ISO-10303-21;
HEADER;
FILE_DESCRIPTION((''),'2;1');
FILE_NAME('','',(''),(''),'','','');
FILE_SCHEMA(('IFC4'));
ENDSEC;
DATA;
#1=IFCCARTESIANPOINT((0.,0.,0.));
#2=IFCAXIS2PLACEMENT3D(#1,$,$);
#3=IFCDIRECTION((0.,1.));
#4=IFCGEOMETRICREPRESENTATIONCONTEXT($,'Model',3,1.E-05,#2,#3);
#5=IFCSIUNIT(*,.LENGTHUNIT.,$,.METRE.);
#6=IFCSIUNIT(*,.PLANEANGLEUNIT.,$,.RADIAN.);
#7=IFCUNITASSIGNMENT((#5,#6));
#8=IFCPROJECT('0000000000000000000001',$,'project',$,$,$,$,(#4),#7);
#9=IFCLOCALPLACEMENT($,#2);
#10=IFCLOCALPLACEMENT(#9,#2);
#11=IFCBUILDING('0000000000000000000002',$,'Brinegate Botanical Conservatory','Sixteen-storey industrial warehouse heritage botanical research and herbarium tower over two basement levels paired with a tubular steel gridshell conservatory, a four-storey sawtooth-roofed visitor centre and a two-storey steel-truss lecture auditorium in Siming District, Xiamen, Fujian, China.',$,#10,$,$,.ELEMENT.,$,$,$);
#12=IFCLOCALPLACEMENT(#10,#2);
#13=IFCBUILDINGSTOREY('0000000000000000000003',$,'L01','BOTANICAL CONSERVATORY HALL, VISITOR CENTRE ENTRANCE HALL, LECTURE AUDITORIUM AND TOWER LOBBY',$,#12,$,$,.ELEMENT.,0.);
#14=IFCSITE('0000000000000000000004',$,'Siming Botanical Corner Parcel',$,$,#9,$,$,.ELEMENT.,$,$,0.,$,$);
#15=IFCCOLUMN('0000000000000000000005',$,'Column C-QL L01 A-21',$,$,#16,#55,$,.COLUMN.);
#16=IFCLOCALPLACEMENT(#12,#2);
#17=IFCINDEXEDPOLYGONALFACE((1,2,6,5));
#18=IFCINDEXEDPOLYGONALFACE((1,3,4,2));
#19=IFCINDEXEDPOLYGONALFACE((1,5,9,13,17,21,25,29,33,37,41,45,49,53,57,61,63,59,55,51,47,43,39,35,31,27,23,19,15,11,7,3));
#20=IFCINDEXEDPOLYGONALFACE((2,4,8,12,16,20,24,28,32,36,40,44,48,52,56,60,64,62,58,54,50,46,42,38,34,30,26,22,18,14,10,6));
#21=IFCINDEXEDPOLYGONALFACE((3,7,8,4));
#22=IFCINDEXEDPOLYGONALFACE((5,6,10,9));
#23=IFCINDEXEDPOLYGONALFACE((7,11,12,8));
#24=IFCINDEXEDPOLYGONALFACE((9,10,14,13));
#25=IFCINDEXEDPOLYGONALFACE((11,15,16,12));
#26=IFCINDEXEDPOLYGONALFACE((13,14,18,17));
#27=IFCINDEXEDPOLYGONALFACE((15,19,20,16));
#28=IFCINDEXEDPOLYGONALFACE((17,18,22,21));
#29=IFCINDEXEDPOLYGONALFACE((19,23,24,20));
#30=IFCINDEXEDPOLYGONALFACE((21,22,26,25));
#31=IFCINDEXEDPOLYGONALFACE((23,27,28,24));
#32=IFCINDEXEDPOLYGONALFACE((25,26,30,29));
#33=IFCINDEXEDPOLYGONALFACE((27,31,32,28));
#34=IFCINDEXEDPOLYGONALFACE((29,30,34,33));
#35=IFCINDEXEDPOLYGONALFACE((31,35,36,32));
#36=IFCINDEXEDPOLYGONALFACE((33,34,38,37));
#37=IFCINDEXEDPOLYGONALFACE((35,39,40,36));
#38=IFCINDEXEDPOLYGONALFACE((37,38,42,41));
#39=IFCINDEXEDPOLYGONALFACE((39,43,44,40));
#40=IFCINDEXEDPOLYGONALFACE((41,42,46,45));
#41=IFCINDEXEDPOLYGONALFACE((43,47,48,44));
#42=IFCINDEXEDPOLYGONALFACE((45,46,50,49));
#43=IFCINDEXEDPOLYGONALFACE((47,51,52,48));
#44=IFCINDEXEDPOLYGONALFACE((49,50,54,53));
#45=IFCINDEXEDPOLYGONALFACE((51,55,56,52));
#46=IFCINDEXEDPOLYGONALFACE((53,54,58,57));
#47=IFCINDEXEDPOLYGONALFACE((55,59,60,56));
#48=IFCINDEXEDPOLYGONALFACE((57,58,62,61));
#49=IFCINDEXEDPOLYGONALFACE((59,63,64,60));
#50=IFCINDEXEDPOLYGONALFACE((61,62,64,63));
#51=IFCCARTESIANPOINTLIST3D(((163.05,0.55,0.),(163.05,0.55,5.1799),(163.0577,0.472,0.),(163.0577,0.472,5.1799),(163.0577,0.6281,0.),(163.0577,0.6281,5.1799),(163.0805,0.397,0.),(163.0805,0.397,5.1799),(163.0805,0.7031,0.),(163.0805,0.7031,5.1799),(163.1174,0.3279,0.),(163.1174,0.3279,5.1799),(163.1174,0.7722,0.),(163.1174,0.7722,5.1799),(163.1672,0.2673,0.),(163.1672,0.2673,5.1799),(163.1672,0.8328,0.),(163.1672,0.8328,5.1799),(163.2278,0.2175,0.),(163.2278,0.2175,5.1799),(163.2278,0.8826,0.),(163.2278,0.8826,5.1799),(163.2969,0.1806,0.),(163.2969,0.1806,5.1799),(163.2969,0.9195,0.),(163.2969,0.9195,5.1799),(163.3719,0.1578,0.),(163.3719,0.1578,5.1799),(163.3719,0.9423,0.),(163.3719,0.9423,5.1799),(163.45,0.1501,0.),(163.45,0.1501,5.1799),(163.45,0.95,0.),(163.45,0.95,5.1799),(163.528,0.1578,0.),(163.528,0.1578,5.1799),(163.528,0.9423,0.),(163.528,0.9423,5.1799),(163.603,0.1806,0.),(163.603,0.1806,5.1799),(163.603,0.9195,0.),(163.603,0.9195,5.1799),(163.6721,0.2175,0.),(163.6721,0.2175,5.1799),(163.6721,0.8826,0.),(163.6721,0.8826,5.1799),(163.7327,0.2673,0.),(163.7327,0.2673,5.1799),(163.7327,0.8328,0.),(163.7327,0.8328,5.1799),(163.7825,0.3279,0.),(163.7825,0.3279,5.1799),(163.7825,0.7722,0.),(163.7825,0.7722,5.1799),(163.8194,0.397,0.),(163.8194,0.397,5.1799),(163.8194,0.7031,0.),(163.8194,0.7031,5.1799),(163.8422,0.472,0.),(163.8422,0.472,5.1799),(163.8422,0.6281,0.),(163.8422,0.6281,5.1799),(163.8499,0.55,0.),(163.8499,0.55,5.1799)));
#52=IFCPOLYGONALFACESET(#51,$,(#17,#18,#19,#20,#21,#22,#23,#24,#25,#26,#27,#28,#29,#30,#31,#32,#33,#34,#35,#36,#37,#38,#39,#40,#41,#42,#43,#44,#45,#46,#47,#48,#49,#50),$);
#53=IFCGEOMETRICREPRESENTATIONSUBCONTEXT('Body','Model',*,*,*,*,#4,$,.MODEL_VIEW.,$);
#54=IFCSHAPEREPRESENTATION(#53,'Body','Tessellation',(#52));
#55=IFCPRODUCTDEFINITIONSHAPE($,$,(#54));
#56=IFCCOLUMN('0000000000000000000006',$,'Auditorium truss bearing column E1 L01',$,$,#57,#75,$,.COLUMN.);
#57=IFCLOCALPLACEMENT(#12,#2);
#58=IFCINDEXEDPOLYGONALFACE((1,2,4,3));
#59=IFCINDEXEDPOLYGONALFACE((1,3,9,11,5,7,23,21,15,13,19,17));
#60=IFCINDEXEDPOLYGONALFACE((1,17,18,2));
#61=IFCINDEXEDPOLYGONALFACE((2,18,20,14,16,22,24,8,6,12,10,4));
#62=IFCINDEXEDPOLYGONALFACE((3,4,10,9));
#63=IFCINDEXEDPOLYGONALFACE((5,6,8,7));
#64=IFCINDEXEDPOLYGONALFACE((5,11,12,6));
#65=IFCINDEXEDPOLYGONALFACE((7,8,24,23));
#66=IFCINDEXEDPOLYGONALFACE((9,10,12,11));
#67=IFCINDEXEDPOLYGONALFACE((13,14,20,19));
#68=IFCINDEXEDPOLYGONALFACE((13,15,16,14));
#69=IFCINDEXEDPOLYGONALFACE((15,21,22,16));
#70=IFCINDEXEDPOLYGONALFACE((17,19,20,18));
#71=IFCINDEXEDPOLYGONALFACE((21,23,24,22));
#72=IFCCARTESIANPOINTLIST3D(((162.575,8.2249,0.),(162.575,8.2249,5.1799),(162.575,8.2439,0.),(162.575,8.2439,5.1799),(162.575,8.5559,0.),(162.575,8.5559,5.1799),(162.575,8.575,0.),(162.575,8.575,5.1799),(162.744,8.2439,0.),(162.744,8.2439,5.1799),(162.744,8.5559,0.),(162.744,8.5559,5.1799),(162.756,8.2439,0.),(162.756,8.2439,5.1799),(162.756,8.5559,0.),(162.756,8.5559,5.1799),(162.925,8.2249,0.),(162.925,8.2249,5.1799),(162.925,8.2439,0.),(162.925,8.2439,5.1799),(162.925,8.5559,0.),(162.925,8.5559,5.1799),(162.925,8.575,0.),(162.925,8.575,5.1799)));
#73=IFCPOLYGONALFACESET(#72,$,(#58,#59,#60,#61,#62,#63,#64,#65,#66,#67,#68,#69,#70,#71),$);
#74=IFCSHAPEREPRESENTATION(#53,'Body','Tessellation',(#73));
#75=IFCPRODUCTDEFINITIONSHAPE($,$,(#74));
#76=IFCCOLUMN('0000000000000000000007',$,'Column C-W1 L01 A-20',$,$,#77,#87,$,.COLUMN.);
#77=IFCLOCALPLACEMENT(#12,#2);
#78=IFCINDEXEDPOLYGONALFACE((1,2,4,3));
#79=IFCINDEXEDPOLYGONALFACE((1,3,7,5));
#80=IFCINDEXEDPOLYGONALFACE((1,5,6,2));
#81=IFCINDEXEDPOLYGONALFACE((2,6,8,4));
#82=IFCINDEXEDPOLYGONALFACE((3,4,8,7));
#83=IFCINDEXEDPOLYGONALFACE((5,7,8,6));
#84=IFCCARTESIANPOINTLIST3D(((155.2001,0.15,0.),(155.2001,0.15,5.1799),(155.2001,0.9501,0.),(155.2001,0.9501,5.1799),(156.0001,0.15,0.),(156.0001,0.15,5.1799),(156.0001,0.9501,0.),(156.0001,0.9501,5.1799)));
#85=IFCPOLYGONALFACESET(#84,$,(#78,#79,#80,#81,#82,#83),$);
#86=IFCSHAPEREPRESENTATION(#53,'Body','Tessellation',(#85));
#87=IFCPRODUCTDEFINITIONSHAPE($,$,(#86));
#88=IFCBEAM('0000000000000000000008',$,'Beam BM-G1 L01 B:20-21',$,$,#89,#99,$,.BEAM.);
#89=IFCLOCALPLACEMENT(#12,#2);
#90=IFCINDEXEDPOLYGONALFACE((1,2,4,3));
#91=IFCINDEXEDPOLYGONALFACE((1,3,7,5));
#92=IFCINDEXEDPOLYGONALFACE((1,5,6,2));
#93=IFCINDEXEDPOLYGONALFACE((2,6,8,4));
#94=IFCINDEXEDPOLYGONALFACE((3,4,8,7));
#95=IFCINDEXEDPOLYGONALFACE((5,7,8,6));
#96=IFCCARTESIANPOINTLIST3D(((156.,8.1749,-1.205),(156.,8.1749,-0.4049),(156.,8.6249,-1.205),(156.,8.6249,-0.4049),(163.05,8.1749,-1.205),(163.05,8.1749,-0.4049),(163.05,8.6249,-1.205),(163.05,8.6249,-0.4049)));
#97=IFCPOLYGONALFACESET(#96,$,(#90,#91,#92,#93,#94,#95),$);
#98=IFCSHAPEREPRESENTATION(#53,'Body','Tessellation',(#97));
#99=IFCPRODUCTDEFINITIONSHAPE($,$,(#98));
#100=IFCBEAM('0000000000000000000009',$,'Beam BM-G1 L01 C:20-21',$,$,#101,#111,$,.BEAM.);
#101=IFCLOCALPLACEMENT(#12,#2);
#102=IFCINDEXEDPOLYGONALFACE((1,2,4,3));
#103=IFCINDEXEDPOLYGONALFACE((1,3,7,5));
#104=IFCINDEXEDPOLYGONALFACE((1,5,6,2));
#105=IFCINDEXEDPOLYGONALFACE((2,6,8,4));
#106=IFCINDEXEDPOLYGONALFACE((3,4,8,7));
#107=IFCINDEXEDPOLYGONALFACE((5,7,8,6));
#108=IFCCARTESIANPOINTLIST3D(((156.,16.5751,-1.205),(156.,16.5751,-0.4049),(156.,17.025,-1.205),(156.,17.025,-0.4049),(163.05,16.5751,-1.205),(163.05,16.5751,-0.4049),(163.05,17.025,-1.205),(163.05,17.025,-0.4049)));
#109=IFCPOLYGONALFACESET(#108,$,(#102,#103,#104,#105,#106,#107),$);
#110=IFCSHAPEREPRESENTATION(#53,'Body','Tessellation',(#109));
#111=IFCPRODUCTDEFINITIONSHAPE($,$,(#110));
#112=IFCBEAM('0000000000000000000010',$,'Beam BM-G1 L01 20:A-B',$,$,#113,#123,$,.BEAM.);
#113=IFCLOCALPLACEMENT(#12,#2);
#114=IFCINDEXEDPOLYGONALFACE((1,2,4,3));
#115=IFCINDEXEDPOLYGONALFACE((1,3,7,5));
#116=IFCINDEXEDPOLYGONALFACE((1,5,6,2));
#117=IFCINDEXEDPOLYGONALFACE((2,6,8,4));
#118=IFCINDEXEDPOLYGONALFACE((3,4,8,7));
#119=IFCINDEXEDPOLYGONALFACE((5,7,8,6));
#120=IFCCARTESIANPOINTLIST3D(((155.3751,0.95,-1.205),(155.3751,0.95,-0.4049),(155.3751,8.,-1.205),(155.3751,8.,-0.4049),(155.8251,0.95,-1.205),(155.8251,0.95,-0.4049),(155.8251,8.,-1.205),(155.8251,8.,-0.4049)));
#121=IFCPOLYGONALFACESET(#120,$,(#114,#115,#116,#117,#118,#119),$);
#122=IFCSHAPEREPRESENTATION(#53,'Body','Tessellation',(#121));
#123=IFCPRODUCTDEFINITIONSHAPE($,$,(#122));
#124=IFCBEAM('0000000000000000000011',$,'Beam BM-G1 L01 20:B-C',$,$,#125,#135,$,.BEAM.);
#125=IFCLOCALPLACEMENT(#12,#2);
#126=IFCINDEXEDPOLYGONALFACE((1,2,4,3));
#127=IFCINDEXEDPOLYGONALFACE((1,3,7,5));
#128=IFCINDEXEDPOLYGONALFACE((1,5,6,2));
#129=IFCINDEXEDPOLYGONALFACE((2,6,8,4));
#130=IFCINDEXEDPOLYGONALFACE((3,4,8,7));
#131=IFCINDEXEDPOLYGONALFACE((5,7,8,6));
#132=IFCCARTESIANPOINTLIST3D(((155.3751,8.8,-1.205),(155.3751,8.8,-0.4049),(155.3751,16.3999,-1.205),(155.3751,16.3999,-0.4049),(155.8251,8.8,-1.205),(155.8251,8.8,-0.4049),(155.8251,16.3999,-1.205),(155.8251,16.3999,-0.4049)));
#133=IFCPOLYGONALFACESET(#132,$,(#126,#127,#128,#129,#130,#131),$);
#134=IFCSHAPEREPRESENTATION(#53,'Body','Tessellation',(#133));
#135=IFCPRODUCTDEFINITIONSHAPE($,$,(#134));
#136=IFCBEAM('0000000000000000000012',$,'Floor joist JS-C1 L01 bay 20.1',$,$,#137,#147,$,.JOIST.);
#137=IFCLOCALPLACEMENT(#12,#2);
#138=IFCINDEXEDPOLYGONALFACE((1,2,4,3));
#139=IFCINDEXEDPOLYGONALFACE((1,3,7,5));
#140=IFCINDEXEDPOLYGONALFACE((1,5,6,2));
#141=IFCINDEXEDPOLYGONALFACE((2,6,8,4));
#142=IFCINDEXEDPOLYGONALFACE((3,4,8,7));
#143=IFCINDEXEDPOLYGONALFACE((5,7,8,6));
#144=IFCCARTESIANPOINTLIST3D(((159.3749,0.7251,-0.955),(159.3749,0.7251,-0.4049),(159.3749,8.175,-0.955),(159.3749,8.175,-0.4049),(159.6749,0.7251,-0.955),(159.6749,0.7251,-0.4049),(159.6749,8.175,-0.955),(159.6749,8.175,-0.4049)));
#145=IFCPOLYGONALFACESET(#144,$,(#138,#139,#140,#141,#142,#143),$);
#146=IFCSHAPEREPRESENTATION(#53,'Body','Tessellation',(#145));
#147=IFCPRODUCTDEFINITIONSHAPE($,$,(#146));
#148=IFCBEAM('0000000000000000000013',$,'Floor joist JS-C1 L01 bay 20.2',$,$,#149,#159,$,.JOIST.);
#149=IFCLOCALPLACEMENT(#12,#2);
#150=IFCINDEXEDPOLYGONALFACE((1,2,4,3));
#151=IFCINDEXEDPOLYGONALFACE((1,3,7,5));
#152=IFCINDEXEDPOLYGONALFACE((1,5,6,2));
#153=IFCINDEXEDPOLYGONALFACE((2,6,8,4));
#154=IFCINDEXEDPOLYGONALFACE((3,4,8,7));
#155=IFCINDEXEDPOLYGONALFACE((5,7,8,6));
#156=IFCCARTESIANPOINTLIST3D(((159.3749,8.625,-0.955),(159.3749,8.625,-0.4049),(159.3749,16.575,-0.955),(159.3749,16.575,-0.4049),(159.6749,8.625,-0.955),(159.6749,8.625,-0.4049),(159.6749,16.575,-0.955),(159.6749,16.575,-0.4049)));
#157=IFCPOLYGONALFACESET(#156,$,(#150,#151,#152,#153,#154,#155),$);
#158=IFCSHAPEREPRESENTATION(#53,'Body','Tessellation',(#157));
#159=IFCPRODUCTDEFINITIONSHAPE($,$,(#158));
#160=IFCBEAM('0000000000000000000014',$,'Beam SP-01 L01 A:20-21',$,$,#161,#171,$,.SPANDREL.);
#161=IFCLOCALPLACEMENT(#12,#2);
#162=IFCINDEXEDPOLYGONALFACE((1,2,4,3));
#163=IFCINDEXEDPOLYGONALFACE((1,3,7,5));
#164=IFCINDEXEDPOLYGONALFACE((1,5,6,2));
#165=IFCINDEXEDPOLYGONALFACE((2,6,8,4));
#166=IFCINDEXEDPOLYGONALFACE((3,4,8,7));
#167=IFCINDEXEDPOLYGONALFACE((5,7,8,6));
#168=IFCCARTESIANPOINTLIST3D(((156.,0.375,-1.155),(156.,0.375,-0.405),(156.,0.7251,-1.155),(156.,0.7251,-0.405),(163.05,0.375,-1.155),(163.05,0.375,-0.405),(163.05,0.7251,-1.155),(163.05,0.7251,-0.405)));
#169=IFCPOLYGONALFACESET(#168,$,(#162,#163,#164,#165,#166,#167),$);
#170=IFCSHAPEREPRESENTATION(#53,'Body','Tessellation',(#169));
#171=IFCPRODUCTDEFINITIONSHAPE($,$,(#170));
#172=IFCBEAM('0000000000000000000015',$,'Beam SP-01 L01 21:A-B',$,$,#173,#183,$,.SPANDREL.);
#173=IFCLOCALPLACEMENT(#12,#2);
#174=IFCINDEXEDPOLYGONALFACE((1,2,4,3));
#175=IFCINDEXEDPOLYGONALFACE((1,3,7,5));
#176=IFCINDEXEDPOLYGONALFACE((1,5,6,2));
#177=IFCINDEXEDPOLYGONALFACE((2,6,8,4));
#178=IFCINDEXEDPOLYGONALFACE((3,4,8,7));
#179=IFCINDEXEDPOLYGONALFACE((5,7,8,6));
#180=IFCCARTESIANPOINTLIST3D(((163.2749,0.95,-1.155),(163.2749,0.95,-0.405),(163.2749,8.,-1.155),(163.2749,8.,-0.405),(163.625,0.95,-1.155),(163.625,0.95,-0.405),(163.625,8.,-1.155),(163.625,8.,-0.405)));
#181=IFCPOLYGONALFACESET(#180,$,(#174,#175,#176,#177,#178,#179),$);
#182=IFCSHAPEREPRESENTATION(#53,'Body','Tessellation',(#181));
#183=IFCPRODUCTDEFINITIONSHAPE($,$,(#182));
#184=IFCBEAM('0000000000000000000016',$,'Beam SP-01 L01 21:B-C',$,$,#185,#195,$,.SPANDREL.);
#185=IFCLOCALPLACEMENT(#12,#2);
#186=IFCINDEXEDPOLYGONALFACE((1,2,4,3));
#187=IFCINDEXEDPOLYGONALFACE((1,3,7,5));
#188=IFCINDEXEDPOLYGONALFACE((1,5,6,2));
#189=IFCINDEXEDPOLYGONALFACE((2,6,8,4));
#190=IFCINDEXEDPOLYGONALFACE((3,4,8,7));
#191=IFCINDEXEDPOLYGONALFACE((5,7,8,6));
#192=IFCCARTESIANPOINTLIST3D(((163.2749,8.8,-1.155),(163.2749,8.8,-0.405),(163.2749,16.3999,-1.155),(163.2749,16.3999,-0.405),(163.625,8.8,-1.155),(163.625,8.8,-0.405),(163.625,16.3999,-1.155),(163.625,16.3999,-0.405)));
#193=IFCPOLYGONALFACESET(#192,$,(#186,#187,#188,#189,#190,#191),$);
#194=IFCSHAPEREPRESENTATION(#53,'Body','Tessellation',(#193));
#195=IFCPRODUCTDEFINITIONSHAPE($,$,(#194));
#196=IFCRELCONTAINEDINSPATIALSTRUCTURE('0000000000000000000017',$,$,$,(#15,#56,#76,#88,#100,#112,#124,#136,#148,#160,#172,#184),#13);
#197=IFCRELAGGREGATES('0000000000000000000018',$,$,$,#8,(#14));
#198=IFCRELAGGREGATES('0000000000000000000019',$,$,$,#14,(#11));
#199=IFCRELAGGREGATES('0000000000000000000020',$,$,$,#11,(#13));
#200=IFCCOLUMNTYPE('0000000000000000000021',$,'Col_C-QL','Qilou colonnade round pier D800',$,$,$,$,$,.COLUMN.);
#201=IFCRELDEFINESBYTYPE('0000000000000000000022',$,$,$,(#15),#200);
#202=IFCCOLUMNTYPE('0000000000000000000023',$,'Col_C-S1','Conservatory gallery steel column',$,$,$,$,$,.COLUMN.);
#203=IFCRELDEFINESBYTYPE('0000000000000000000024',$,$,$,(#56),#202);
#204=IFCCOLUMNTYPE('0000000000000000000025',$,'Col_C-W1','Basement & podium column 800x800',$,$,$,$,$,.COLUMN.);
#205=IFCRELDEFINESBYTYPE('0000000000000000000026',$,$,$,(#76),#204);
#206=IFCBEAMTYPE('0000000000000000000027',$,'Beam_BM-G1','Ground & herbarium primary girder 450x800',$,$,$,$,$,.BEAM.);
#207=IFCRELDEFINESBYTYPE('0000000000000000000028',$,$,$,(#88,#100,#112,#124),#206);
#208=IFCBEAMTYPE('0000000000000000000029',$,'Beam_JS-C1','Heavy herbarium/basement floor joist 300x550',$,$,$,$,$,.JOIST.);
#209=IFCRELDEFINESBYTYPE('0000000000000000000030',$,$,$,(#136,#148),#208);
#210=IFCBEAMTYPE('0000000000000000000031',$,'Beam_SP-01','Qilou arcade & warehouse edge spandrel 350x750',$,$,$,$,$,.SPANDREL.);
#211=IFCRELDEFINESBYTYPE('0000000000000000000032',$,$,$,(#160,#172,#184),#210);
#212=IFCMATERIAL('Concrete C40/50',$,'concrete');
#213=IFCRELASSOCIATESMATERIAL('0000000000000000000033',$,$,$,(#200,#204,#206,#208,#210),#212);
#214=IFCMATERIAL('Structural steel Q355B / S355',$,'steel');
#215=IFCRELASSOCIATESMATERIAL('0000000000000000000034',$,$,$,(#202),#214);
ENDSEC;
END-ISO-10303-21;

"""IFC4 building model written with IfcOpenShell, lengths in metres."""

from ifc_helpers import new_model, si_unit, direction, frame, origin, origin_2d, place, context, subcontext, project, spatial, rectangle, circle, i_section, extrude, material, material_profile, profile_set, type_object, element, save


model = new_model("IFC4")

# Units and contexts
model_context = context("Model", 3, precision=1e-05, world=origin(), true_north=direction((0.0, 1.0)))
body_context = subcontext(model_context, "Body", "Model", "MODEL_VIEW")
ifc_project = project(units=[si_unit("LENGTHUNIT", "METRE"), si_unit("PLANEANGLEUNIT", "RADIAN")], contexts=[model_context])

# Site, building, storey
site_placement = place(None, origin())
site = spatial("IfcSite", under=ifc_project, at=site_placement, Name="Siming Botanical Corner Parcel", CompositionType="ELEMENT", RefElevation=0.0)
building_placement = place(site_placement, origin())
building = spatial("IfcBuilding", under=site, at=building_placement, Name="Brinegate Botanical Conservatory", Description="Sixteen-storey industrial warehouse heritage botanical research and herbarium tower over two basement levels paired with a tubular steel gridshell conservatory, a four-storey sawtooth-roofed visitor centre and a two-storey steel-truss lecture auditorium in Siming District, Xiamen, Fujian, China.", CompositionType="ELEMENT")
storey_placement = place(building_placement, origin())
storey = spatial("IfcBuildingStorey", under=building, at=storey_placement, Name="L01", Description="BOTANICAL CONSERVATORY HALL, VISITOR CENTRE ENTRANCE HALL, LECTURE AUDITORIUM AND TOWER LOBBY", CompositionType="ELEMENT", Elevation=0.0)

# Columns
ifc_material_1 = material(Name="Concrete C40/50", Category="concrete")
ifc_material_profile_1 = material_profile(ifc_material_1, circle(Radius=0.3999, at=origin_2d()), Name="RC COL D800")
ifc_profile_set_1 = profile_set([ifc_material_profile_1], Name="Concrete C40/50")
column_type_1 = type_object("IfcColumnType", Name="Col_C-QL", Description="Qilou colonnade round pier D800", PredefinedType="COLUMN", material=ifc_profile_set_1)
column_1_placement = place(storey_placement, frame((163.45, 0.55, 0.0), z_axis=(0.0, 0.0, 1.0), x_axis=(1.0, 0.0, 0.0)))
element("IfcColumn", 1, at=column_1_placement, inside=storey, type_object=column_type_1, Name="Column C-QL L01 A-21", PredefinedType="COLUMN", context=body_context, shape_type="SweptSolid", body=[
    extrude(circle(Radius=0.3999, at=origin_2d()), origin(), (0.0, 0.0, 1.0), 5.1799),
])
ifc_material_2 = material(Name="Structural steel Q355B / S355", Category="steel")
ifc_material_profile_2 = material_profile(ifc_material_2, i_section(OverallWidth=0.3501, OverallDepth=0.3501, WebThickness=0.012, FlangeThickness=0.019, at=origin_2d()), Name="HW 350x350x12x19")
ifc_profile_set_2 = profile_set([ifc_material_profile_2], Name="Structural steel Q355B / S355")
column_type_2 = type_object("IfcColumnType", Name="Col_C-S1", Description="Conservatory gallery steel column", PredefinedType="COLUMN", material=ifc_profile_set_2)
column_2_placement = place(storey_placement, frame((162.75, 8.3999, 0.0), z_axis=(0.0, 0.0, 1.0), x_axis=(1.0, 0.0, 0.0)))
element("IfcColumn", 2, at=column_2_placement, inside=storey, type_object=column_type_2, Name="Auditorium truss bearing column E1 L01", PredefinedType="COLUMN", context=body_context, shape_type="SweptSolid", body=[
    extrude(i_section(OverallWidth=0.3501, OverallDepth=0.3501, WebThickness=0.012, FlangeThickness=0.019, at=origin_2d()), origin(), (0.0, 0.0, 1.0), 5.1799),
])
ifc_material_profile_3 = material_profile(ifc_material_1, rectangle(XDim=0.8, YDim=0.8, at=origin_2d()), Name="RC COL 800x800")
ifc_profile_set_3 = profile_set([ifc_material_profile_3], Name="Concrete C40/50")
column_type_3 = type_object("IfcColumnType", Name="Col_C-W1", Description="Basement & podium column 800x800", PredefinedType="COLUMN", material=ifc_profile_set_3)
column_3_placement = place(storey_placement, frame((155.6001, 0.55, 0.0), z_axis=(0.0, 0.0, 1.0), x_axis=(1.0, 0.0, 0.0)))
element("IfcColumn", 3, at=column_3_placement, inside=storey, type_object=column_type_3, Name="Column C-W1 L01 A-20", PredefinedType="COLUMN", context=body_context, shape_type="SweptSolid", body=[
    extrude(rectangle(XDim=0.8, YDim=0.8, at=origin_2d()), origin(), (0.0, 0.0, 1.0), 5.1799),
])

# Beams
ifc_material_profile_4 = material_profile(ifc_material_1, rectangle(XDim=0.45, YDim=0.8, at=origin_2d()), Name="RC BM 450x800")
ifc_profile_set_4 = profile_set([ifc_material_profile_4], Name="Concrete C40/50")
beam_type_1 = type_object("IfcBeamType", Name="Beam_BM-G1", Description="Ground & herbarium primary girder 450x800", PredefinedType="BEAM", material=ifc_profile_set_4)
for number, where, z_axis, x_axis, name in (
    (4, (156.0, 8.3999, -0.8049), (1.0, 0.0, 0.0), (0.0, 1.0, 0.0), "Beam BM-G1 L01 B:20-21"),
    (5, (156.0, 16.8, -0.8049), (1.0, 0.0, 0.0), (0.0, 1.0, 0.0), "Beam BM-G1 L01 C:20-21"),
    (6, (155.6001, 0.95, -0.8049), (0.0, 1.0, 0.0), (-1.0, 0.0, 0.0), "Beam BM-G1 L01 20:A-B"),
):
    element("IfcBeam", number, at=place(storey_placement, frame(where, z_axis=z_axis, x_axis=x_axis)), inside=storey, type_object=beam_type_1, Name=name, PredefinedType="BEAM", context=body_context, shape_type="SweptSolid", body=[
        extrude(rectangle(XDim=0.45, YDim=0.8, at=origin_2d()), origin(), (0.0, 0.0, 1.0), 7.05),
    ])
beam_1_placement = place(storey_placement, frame((155.6001, 8.8, -0.8049), z_axis=(0.0, 1.0, 0.0), x_axis=(-1.0, 0.0, 0.0)))
element("IfcBeam", 7, at=beam_1_placement, inside=storey, type_object=beam_type_1, Name="Beam BM-G1 L01 20:B-C", PredefinedType="BEAM", context=body_context, shape_type="SweptSolid", body=[
    extrude(rectangle(XDim=0.45, YDim=0.8, at=origin_2d()), origin(), (0.0, 0.0, 1.0), 7.5999),
])
ifc_material_profile_5 = material_profile(ifc_material_1, rectangle(XDim=0.3, YDim=0.55, at=origin_2d()), Name="RC JST 300x550")
ifc_profile_set_5 = profile_set([ifc_material_profile_5], Name="Concrete C40/50")
beam_type_2 = type_object("IfcBeamType", Name="Beam_JS-C1", Description="Heavy herbarium/basement floor joist 300x550", PredefinedType="JOIST", material=ifc_profile_set_5)
beam_2_placement = place(storey_placement, frame((159.5249, 0.7251, -0.6799), z_axis=(0.0, 1.0, 0.0), x_axis=(-1.0, 0.0, 0.0)))
element("IfcBeam", 8, at=beam_2_placement, inside=storey, type_object=beam_type_2, Name="Floor joist JS-C1 L01 bay 20.1", PredefinedType="JOIST", context=body_context, shape_type="SweptSolid", body=[
    extrude(rectangle(XDim=0.3, YDim=0.55, at=origin_2d()), origin(), (0.0, 0.0, 1.0), 7.45),
])
beam_3_placement = place(storey_placement, frame((159.5249, 8.625, -0.6799), z_axis=(0.0, 1.0, 0.0), x_axis=(-1.0, 0.0, 0.0)))
element("IfcBeam", 9, at=beam_3_placement, inside=storey, type_object=beam_type_2, Name="Floor joist JS-C1 L01 bay 20.2", PredefinedType="JOIST", context=body_context, shape_type="SweptSolid", body=[
    extrude(rectangle(XDim=0.3, YDim=0.55, at=origin_2d()), origin(), (0.0, 0.0, 1.0), 7.95),
])
ifc_material_profile_6 = material_profile(ifc_material_1, rectangle(XDim=0.3501, YDim=0.75, at=origin_2d()), Name="RC SPN 350x750")
ifc_profile_set_6 = profile_set([ifc_material_profile_6], Name="Concrete C40/50")
beam_type_3 = type_object("IfcBeamType", Name="Beam_SP-01", Description="Qilou arcade & warehouse edge spandrel 350x750", PredefinedType="SPANDREL", material=ifc_profile_set_6)
for number, where, z_axis, x_axis, name in (
    (10, (156.0, 0.55, -0.78), (1.0, 0.0, 0.0), (0.0, 1.0, 0.0), "Beam SP-01 L01 A:20-21"),
    (11, (163.45, 0.95, -0.78), (0.0, 1.0, 0.0), (-1.0, 0.0, 0.0), "Beam SP-01 L01 21:A-B"),
):
    element("IfcBeam", number, at=place(storey_placement, frame(where, z_axis=z_axis, x_axis=x_axis)), inside=storey, type_object=beam_type_3, Name=name, PredefinedType="SPANDREL", context=body_context, shape_type="SweptSolid", body=[
        extrude(rectangle(XDim=0.3501, YDim=0.75, at=origin_2d()), origin(), (0.0, 0.0, 1.0), 7.05),
    ])
beam_4_placement = place(storey_placement, frame((163.45, 8.8, -0.78), z_axis=(0.0, 1.0, 0.0), x_axis=(-1.0, 0.0, 0.0)))
element("IfcBeam", 12, at=beam_4_placement, inside=storey, type_object=beam_type_3, Name="Beam SP-01 L01 21:B-C", PredefinedType="SPANDREL", context=body_context, shape_type="SweptSolid", body=[
    extrude(rectangle(XDim=0.3501, YDim=0.75, at=origin_2d()), origin(), (0.0, 0.0, 1.0), 7.5999),
])

save(model, "model.ifc")
